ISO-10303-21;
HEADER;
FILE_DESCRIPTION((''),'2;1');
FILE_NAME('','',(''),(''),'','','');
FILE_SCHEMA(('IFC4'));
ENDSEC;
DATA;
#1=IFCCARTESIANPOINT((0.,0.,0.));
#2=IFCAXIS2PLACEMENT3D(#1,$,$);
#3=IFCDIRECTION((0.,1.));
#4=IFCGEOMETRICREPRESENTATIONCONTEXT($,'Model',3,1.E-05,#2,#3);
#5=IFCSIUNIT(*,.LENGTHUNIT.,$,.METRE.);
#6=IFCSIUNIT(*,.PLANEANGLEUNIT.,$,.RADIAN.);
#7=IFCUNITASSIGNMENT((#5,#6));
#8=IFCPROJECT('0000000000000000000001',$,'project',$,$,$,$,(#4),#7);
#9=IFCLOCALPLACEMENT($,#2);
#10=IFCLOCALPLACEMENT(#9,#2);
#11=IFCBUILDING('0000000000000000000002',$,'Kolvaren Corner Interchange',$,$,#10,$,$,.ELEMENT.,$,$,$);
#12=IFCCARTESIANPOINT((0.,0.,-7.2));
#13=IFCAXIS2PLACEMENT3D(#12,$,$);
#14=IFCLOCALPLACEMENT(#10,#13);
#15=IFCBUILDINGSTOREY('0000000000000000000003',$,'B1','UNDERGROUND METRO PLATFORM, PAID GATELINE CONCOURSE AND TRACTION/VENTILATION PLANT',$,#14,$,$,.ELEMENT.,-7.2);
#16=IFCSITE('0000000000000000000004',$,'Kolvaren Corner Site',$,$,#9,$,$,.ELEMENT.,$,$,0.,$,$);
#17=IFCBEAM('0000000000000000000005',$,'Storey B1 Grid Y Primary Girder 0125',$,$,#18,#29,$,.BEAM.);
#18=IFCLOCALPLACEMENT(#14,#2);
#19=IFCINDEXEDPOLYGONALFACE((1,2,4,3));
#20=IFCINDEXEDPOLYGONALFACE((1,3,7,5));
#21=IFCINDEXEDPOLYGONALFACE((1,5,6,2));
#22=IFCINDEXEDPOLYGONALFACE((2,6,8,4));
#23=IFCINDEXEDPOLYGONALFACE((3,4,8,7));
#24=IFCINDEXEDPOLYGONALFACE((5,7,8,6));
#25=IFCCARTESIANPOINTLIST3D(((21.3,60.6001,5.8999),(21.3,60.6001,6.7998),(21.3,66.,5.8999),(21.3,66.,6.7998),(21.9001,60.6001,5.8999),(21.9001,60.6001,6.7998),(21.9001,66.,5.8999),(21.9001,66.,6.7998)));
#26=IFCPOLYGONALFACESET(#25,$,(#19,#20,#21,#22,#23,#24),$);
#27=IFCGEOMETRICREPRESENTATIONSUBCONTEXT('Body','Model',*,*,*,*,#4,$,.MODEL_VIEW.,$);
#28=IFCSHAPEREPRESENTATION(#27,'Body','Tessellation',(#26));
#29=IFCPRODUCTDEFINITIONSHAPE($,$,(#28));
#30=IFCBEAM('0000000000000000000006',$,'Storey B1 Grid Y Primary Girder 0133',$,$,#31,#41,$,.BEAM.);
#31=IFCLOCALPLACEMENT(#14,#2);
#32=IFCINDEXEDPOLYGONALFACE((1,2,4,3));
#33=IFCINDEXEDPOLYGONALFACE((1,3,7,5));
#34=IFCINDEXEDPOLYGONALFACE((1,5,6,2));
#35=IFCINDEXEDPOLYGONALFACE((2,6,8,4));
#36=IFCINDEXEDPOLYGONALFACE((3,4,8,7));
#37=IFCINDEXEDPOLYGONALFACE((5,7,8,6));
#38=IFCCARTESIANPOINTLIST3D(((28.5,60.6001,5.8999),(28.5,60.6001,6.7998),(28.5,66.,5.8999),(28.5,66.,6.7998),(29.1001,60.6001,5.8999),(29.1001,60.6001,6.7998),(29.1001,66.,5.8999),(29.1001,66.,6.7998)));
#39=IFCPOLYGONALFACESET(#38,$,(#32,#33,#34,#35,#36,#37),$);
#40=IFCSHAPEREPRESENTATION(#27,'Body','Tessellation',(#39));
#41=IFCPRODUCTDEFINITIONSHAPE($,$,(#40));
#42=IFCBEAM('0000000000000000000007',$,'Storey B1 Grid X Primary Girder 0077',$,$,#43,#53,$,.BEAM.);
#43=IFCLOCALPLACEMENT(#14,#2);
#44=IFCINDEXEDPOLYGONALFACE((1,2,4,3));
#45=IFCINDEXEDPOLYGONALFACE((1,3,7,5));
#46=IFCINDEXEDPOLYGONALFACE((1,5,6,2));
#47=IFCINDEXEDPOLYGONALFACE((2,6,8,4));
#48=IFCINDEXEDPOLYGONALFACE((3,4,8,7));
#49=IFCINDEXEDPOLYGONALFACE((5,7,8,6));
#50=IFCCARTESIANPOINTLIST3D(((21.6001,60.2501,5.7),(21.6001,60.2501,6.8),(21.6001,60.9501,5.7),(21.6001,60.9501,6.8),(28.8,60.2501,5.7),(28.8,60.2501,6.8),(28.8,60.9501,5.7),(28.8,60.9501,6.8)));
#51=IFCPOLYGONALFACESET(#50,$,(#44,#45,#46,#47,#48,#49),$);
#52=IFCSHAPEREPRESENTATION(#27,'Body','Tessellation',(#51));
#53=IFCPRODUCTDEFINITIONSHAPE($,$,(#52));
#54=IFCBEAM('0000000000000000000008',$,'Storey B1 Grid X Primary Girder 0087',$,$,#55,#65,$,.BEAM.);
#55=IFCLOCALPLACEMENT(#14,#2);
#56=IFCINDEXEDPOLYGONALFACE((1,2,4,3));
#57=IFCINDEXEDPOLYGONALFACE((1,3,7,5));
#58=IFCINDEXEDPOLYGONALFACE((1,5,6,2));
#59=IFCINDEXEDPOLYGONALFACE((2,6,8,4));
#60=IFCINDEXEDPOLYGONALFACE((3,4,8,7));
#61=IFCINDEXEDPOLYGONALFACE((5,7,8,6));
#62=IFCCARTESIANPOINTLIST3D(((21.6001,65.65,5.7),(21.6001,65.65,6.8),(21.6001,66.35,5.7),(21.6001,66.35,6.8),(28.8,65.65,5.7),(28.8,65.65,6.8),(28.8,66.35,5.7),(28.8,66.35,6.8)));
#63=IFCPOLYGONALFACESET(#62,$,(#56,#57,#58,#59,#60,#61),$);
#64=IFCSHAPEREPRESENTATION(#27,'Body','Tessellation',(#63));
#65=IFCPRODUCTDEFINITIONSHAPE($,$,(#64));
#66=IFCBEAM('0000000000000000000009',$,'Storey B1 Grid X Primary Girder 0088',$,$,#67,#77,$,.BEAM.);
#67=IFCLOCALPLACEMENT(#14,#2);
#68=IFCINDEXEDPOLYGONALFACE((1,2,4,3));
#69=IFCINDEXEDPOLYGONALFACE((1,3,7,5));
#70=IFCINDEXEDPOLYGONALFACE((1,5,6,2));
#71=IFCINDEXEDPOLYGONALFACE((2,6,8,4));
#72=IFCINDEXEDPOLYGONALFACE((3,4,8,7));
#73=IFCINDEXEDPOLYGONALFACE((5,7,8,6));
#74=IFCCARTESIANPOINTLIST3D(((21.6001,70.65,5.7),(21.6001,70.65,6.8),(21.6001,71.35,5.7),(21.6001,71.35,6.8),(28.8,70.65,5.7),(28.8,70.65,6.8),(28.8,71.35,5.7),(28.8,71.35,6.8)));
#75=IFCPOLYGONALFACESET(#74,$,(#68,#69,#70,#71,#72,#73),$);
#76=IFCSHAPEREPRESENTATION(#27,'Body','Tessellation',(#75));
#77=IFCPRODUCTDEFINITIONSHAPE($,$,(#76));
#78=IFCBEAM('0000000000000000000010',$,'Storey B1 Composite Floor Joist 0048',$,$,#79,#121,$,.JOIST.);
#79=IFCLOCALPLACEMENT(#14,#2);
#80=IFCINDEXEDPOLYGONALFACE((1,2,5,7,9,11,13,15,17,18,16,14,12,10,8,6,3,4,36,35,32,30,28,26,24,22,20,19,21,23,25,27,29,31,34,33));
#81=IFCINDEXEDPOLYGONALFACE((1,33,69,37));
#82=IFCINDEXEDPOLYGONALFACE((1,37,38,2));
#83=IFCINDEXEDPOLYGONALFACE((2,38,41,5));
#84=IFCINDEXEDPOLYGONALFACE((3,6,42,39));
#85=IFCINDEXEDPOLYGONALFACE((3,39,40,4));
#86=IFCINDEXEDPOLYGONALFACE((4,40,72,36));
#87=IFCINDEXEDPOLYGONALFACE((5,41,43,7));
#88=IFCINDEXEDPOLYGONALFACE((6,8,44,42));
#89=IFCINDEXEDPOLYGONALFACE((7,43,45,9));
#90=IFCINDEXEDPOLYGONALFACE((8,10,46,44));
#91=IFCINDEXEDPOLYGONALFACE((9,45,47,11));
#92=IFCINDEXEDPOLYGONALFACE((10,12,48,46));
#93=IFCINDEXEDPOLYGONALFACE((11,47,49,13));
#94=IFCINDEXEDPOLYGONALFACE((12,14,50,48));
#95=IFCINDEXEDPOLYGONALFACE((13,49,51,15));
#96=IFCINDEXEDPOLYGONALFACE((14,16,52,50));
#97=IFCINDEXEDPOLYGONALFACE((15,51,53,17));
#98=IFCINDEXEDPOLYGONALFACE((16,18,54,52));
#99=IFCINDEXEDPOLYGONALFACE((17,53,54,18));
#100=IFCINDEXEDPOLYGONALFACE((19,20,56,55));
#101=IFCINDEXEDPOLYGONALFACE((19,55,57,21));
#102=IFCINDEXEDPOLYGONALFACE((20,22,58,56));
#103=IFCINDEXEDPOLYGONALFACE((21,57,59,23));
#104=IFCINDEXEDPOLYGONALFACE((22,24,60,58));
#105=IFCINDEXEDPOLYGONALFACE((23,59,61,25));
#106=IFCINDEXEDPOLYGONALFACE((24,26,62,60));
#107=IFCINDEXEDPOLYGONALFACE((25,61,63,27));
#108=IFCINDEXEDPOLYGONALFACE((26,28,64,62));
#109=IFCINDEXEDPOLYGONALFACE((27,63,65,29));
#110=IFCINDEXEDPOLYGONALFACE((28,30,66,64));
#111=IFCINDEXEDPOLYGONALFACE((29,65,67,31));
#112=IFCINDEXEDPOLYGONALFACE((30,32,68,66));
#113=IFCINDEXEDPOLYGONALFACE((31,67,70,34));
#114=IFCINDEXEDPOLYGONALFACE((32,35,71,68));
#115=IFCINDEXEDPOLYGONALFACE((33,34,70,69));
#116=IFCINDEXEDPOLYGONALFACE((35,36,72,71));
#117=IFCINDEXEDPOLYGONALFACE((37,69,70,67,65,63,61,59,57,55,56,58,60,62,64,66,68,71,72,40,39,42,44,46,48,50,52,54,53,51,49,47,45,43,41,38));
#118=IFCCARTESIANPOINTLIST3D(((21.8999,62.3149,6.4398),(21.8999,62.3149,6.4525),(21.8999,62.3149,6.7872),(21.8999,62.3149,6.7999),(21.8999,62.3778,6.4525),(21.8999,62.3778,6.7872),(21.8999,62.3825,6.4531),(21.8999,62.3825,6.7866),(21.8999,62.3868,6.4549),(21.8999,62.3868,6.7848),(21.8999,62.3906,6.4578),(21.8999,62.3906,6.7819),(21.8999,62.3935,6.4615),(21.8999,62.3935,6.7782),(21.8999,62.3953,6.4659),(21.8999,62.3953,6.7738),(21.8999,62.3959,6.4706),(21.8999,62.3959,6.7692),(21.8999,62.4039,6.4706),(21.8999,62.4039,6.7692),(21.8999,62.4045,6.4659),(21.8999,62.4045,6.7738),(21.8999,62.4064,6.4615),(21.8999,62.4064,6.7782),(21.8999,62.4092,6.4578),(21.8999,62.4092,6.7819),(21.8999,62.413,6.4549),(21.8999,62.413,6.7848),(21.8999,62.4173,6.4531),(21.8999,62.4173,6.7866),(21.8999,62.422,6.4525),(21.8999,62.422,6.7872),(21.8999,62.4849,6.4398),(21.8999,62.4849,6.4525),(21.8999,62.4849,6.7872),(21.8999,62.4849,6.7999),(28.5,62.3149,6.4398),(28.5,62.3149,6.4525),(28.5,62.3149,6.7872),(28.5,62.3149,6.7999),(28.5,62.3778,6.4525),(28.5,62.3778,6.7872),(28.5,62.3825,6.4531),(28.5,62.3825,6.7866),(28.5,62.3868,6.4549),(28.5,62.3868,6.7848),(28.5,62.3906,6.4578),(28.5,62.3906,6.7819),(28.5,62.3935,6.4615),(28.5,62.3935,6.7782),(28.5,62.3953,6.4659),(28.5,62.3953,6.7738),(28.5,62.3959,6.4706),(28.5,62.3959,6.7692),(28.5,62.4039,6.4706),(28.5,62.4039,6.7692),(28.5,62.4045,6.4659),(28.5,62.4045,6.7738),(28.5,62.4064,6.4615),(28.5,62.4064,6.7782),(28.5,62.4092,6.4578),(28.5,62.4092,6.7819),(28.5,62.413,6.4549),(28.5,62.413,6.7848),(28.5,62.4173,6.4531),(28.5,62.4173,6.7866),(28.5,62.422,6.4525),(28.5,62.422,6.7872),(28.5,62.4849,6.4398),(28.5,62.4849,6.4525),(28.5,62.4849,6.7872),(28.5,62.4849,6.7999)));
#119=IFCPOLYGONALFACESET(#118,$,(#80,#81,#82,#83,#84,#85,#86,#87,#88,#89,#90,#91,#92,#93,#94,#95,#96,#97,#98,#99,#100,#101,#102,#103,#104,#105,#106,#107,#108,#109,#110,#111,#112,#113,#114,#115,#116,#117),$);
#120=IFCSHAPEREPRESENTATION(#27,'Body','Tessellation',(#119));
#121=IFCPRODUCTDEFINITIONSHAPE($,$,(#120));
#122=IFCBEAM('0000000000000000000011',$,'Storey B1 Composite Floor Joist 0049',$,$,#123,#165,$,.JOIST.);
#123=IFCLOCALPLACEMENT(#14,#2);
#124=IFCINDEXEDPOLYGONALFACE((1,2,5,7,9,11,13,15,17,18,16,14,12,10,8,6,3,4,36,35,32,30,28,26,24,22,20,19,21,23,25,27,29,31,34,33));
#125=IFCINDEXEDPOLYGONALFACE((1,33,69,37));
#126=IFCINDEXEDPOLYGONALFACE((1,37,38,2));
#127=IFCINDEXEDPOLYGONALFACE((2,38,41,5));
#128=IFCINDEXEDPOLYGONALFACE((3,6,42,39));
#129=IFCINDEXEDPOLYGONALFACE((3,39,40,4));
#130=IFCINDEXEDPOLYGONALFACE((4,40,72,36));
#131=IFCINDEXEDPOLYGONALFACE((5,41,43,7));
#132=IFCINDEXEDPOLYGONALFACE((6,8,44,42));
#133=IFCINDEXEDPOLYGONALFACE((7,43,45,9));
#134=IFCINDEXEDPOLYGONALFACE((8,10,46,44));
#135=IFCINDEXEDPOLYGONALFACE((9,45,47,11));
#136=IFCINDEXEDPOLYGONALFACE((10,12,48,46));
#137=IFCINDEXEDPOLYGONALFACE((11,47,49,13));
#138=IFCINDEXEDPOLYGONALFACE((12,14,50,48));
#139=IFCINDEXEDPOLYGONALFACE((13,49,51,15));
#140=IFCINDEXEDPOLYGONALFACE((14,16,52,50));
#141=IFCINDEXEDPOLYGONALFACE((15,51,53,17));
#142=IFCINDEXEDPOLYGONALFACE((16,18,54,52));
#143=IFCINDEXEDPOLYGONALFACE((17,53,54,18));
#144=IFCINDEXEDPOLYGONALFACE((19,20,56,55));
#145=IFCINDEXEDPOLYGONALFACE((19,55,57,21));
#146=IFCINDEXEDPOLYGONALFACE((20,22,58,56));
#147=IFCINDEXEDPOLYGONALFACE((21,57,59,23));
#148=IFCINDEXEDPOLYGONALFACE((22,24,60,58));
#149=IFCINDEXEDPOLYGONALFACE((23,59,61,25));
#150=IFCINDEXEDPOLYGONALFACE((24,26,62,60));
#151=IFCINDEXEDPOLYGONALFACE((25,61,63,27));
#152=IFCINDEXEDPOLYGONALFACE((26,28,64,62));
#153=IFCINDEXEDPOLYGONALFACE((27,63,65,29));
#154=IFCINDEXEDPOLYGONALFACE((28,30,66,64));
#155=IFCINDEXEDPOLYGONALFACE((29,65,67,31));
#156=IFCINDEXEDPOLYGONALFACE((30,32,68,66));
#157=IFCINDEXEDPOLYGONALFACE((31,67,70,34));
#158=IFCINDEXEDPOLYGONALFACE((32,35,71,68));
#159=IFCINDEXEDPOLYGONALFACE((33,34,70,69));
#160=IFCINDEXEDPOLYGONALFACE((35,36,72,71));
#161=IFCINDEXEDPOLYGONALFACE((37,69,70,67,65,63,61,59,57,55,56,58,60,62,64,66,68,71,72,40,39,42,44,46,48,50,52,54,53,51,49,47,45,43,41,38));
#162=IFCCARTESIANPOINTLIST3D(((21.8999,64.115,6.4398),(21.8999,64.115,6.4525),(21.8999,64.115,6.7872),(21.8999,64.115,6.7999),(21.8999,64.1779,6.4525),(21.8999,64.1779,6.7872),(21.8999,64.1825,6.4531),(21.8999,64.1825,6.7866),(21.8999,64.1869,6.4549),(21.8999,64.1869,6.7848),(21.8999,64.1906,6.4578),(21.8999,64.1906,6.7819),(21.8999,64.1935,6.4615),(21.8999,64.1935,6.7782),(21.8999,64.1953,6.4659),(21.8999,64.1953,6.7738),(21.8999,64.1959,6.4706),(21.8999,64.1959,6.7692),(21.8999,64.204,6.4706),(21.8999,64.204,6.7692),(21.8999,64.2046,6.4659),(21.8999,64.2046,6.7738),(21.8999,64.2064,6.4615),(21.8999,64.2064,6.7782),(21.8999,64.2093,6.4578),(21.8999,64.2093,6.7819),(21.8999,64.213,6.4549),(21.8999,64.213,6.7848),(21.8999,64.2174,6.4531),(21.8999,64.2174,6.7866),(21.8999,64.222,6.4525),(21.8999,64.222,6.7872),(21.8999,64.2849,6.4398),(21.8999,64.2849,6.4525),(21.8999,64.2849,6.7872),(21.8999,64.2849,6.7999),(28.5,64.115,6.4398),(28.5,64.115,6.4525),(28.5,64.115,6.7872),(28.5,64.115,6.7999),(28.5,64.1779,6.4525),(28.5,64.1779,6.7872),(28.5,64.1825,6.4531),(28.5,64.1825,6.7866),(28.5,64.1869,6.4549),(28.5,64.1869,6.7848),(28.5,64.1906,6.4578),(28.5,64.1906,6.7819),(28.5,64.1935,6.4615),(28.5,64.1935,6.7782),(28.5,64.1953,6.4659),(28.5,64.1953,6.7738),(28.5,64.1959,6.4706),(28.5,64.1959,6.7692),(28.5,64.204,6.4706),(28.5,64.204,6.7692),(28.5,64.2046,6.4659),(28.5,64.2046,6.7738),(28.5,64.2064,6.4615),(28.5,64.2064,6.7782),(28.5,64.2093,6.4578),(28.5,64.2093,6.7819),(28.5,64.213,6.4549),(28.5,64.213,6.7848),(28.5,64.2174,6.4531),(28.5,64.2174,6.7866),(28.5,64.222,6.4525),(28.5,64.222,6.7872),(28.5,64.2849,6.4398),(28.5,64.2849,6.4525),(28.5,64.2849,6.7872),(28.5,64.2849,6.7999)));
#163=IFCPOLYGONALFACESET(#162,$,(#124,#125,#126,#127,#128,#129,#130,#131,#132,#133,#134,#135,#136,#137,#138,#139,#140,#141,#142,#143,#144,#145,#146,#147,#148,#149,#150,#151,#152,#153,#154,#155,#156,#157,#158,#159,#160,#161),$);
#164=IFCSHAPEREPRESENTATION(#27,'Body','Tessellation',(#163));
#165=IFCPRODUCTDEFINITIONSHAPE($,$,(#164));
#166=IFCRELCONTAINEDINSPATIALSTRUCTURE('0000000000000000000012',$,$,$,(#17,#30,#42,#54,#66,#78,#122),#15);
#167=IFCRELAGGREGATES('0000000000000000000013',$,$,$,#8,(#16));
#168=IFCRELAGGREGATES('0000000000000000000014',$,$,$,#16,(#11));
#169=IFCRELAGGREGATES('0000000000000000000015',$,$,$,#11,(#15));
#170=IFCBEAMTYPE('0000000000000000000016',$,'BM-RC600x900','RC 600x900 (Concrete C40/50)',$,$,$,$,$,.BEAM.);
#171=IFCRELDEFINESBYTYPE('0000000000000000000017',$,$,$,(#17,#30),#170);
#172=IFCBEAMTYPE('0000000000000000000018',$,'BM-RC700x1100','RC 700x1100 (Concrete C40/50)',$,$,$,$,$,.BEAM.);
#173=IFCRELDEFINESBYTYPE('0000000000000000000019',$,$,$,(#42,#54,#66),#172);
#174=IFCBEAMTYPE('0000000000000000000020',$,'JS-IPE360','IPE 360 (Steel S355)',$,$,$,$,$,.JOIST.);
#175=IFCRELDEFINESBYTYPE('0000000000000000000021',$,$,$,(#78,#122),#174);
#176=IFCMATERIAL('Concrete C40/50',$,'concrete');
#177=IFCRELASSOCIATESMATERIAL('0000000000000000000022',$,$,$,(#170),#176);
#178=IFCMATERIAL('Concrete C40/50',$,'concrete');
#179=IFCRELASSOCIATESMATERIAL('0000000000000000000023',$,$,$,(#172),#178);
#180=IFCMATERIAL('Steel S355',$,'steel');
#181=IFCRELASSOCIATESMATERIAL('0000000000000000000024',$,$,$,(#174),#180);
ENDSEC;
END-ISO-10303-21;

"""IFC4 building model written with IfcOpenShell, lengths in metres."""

from ifc_helpers import new_model, si_unit, direction, frame, origin, origin_2d, place, context, subcontext, project, spatial, rectangle, i_section, extrude, material, material_profile, profile_set, type_object, element, save


model = new_model("IFC4")

# Units and contexts
model_context = context("Model", 3, precision=1e-05, world=origin(), true_north=direction((0.0, 1.0)))
body_context = subcontext(model_context, "Body", "Model", "MODEL_VIEW")
ifc_project = project(units=[si_unit("LENGTHUNIT", "METRE"), si_unit("PLANEANGLEUNIT", "RADIAN")], contexts=[model_context])

# Site, building, storey
site_placement = place(None, origin())
site = spatial("IfcSite", under=ifc_project, at=site_placement, Name="Kolvaren Corner Site", CompositionType="ELEMENT", RefElevation=0.0)
building_placement = place(site_placement, origin())
building = spatial("IfcBuilding", under=site, at=building_placement, Name="Kolvaren Corner Interchange", CompositionType="ELEMENT")
storey_placement = place(building_placement, frame((0.0, 0.0, -7.2)))
storey = spatial("IfcBuildingStorey", under=building, at=storey_placement, Name="B1", Description="UNDERGROUND METRO PLATFORM, PAID GATELINE CONCOURSE AND TRACTION/VENTILATION PLANT", CompositionType="ELEMENT", Elevation=-7.2)

# Beams
ifc_material_1 = material(Name="Concrete C40/50", Category="concrete")
ifc_material_profile_1 = material_profile(ifc_material_1, rectangle(XDim=0.6001, YDim=0.8999, at=origin_2d()), Name="RC 600x900")
ifc_profile_set_1 = profile_set([ifc_material_profile_1], Name="Concrete C40/50")
beam_type_1 = type_object("IfcBeamType", Name="BM-RC600x900", Description="RC 600x900 (Concrete C40/50)", PredefinedType="BEAM", material=ifc_profile_set_1)
for number, where, z_axis, x_axis, name in (
    (1, (21.6001, 60.6001, 6.3499), (0.0, 1.0, 0.0), (-1.0, 0.0, 0.0), "Storey B1 Grid Y Primary Girder 0125"),
    (2, (28.8, 60.6001, 6.3499), (0.0, 1.0, 0.0), (-1.0, 0.0, 0.0), "Storey B1 Grid Y Primary Girder 0133"),
):
    element("IfcBeam", number, at=place(storey_placement, frame(where, z_axis=z_axis, x_axis=x_axis)), inside=storey, type_object=beam_type_1, Name=name, PredefinedType="BEAM", context=body_context, shape_type="SweptSolid", body=[
        extrude(rectangle(XDim=0.6001, YDim=0.8999, at=origin_2d()), origin(), (0.0, 0.0, 1.0), 5.3999),
    ])
ifc_material_2 = material(Name="Concrete C40/50", Category="concrete")
ifc_material_profile_2 = material_profile(ifc_material_2, rectangle(XDim=0.7, YDim=1.1001, at=origin_2d()), Name="RC 700x1100")
ifc_profile_set_2 = profile_set([ifc_material_profile_2], Name="Concrete C40/50")
beam_type_2 = type_object("IfcBeamType", Name="BM-RC700x1100", Description="RC 700x1100 (Concrete C40/50)", PredefinedType="BEAM", material=ifc_profile_set_2)
for number, where, z_axis, x_axis, name in (
    (3, (21.6001, 60.6001, 6.25), (1.0, 0.0, 0.0), (0.0, 1.0, 0.0), "Storey B1 Grid X Primary Girder 0077"),
    (4, (21.6001, 66.0, 6.25), (1.0, 0.0, 0.0), (0.0, 1.0, 0.0), "Storey B1 Grid X Primary Girder 0087"),
    (5, (21.6001, 71.0, 6.25), (1.0, 0.0, 0.0), (0.0, 1.0, 0.0), "Storey B1 Grid X Primary Girder 0088"),
):
    element("IfcBeam", number, at=place(storey_placement, frame(where, z_axis=z_axis, x_axis=x_axis)), inside=storey, type_object=beam_type_2, Name=name, PredefinedType="BEAM", context=body_context, shape_type="SweptSolid", body=[
        extrude(rectangle(XDim=0.7, YDim=1.1001, at=origin_2d()), origin(), (0.0, 0.0, 1.0), 7.2),
    ])
ifc_material_3 = material(Name="Steel S355", Category="steel")
ifc_material_profile_3 = material_profile(ifc_material_3, i_section(OverallWidth=0.1699, OverallDepth=0.3601, WebThickness=0.0081, FlangeThickness=0.0127, FilletRadius=0.0181, at=origin_2d()), Name="IPE 360")
ifc_profile_set_3 = profile_set([ifc_material_profile_3], Name="Steel S355")
beam_type_3 = type_object("IfcBeamType", Name="JS-IPE360", Description="IPE 360 (Steel S355)", PredefinedType="JOIST", material=ifc_profile_set_3)
for number, where, z_axis, x_axis, name in (
    (6, (21.8999, 62.3999, 6.6199), (1.0, 0.0, 0.0), (0.0, 1.0, 0.0), "Storey B1 Composite Floor Joist 0048"),
    (7, (21.8999, 64.2, 6.6199), (1.0, 0.0, 0.0), (0.0, 1.0, 0.0), "Storey B1 Composite Floor Joist 0049"),
):
    element("IfcBeam", number, at=place(storey_placement, frame(where, z_axis=z_axis, x_axis=x_axis)), inside=storey, type_object=beam_type_3, Name=name, PredefinedType="JOIST", context=body_context, shape_type="SweptSolid", body=[
        extrude(i_section(OverallWidth=0.1699, OverallDepth=0.3601, WebThickness=0.0081, FlangeThickness=0.0127, FilletRadius=0.0181, at=origin_2d()), origin(), (0.0, 0.0, 1.0), 6.6001),
    ])

save(model, "model.ifc")
